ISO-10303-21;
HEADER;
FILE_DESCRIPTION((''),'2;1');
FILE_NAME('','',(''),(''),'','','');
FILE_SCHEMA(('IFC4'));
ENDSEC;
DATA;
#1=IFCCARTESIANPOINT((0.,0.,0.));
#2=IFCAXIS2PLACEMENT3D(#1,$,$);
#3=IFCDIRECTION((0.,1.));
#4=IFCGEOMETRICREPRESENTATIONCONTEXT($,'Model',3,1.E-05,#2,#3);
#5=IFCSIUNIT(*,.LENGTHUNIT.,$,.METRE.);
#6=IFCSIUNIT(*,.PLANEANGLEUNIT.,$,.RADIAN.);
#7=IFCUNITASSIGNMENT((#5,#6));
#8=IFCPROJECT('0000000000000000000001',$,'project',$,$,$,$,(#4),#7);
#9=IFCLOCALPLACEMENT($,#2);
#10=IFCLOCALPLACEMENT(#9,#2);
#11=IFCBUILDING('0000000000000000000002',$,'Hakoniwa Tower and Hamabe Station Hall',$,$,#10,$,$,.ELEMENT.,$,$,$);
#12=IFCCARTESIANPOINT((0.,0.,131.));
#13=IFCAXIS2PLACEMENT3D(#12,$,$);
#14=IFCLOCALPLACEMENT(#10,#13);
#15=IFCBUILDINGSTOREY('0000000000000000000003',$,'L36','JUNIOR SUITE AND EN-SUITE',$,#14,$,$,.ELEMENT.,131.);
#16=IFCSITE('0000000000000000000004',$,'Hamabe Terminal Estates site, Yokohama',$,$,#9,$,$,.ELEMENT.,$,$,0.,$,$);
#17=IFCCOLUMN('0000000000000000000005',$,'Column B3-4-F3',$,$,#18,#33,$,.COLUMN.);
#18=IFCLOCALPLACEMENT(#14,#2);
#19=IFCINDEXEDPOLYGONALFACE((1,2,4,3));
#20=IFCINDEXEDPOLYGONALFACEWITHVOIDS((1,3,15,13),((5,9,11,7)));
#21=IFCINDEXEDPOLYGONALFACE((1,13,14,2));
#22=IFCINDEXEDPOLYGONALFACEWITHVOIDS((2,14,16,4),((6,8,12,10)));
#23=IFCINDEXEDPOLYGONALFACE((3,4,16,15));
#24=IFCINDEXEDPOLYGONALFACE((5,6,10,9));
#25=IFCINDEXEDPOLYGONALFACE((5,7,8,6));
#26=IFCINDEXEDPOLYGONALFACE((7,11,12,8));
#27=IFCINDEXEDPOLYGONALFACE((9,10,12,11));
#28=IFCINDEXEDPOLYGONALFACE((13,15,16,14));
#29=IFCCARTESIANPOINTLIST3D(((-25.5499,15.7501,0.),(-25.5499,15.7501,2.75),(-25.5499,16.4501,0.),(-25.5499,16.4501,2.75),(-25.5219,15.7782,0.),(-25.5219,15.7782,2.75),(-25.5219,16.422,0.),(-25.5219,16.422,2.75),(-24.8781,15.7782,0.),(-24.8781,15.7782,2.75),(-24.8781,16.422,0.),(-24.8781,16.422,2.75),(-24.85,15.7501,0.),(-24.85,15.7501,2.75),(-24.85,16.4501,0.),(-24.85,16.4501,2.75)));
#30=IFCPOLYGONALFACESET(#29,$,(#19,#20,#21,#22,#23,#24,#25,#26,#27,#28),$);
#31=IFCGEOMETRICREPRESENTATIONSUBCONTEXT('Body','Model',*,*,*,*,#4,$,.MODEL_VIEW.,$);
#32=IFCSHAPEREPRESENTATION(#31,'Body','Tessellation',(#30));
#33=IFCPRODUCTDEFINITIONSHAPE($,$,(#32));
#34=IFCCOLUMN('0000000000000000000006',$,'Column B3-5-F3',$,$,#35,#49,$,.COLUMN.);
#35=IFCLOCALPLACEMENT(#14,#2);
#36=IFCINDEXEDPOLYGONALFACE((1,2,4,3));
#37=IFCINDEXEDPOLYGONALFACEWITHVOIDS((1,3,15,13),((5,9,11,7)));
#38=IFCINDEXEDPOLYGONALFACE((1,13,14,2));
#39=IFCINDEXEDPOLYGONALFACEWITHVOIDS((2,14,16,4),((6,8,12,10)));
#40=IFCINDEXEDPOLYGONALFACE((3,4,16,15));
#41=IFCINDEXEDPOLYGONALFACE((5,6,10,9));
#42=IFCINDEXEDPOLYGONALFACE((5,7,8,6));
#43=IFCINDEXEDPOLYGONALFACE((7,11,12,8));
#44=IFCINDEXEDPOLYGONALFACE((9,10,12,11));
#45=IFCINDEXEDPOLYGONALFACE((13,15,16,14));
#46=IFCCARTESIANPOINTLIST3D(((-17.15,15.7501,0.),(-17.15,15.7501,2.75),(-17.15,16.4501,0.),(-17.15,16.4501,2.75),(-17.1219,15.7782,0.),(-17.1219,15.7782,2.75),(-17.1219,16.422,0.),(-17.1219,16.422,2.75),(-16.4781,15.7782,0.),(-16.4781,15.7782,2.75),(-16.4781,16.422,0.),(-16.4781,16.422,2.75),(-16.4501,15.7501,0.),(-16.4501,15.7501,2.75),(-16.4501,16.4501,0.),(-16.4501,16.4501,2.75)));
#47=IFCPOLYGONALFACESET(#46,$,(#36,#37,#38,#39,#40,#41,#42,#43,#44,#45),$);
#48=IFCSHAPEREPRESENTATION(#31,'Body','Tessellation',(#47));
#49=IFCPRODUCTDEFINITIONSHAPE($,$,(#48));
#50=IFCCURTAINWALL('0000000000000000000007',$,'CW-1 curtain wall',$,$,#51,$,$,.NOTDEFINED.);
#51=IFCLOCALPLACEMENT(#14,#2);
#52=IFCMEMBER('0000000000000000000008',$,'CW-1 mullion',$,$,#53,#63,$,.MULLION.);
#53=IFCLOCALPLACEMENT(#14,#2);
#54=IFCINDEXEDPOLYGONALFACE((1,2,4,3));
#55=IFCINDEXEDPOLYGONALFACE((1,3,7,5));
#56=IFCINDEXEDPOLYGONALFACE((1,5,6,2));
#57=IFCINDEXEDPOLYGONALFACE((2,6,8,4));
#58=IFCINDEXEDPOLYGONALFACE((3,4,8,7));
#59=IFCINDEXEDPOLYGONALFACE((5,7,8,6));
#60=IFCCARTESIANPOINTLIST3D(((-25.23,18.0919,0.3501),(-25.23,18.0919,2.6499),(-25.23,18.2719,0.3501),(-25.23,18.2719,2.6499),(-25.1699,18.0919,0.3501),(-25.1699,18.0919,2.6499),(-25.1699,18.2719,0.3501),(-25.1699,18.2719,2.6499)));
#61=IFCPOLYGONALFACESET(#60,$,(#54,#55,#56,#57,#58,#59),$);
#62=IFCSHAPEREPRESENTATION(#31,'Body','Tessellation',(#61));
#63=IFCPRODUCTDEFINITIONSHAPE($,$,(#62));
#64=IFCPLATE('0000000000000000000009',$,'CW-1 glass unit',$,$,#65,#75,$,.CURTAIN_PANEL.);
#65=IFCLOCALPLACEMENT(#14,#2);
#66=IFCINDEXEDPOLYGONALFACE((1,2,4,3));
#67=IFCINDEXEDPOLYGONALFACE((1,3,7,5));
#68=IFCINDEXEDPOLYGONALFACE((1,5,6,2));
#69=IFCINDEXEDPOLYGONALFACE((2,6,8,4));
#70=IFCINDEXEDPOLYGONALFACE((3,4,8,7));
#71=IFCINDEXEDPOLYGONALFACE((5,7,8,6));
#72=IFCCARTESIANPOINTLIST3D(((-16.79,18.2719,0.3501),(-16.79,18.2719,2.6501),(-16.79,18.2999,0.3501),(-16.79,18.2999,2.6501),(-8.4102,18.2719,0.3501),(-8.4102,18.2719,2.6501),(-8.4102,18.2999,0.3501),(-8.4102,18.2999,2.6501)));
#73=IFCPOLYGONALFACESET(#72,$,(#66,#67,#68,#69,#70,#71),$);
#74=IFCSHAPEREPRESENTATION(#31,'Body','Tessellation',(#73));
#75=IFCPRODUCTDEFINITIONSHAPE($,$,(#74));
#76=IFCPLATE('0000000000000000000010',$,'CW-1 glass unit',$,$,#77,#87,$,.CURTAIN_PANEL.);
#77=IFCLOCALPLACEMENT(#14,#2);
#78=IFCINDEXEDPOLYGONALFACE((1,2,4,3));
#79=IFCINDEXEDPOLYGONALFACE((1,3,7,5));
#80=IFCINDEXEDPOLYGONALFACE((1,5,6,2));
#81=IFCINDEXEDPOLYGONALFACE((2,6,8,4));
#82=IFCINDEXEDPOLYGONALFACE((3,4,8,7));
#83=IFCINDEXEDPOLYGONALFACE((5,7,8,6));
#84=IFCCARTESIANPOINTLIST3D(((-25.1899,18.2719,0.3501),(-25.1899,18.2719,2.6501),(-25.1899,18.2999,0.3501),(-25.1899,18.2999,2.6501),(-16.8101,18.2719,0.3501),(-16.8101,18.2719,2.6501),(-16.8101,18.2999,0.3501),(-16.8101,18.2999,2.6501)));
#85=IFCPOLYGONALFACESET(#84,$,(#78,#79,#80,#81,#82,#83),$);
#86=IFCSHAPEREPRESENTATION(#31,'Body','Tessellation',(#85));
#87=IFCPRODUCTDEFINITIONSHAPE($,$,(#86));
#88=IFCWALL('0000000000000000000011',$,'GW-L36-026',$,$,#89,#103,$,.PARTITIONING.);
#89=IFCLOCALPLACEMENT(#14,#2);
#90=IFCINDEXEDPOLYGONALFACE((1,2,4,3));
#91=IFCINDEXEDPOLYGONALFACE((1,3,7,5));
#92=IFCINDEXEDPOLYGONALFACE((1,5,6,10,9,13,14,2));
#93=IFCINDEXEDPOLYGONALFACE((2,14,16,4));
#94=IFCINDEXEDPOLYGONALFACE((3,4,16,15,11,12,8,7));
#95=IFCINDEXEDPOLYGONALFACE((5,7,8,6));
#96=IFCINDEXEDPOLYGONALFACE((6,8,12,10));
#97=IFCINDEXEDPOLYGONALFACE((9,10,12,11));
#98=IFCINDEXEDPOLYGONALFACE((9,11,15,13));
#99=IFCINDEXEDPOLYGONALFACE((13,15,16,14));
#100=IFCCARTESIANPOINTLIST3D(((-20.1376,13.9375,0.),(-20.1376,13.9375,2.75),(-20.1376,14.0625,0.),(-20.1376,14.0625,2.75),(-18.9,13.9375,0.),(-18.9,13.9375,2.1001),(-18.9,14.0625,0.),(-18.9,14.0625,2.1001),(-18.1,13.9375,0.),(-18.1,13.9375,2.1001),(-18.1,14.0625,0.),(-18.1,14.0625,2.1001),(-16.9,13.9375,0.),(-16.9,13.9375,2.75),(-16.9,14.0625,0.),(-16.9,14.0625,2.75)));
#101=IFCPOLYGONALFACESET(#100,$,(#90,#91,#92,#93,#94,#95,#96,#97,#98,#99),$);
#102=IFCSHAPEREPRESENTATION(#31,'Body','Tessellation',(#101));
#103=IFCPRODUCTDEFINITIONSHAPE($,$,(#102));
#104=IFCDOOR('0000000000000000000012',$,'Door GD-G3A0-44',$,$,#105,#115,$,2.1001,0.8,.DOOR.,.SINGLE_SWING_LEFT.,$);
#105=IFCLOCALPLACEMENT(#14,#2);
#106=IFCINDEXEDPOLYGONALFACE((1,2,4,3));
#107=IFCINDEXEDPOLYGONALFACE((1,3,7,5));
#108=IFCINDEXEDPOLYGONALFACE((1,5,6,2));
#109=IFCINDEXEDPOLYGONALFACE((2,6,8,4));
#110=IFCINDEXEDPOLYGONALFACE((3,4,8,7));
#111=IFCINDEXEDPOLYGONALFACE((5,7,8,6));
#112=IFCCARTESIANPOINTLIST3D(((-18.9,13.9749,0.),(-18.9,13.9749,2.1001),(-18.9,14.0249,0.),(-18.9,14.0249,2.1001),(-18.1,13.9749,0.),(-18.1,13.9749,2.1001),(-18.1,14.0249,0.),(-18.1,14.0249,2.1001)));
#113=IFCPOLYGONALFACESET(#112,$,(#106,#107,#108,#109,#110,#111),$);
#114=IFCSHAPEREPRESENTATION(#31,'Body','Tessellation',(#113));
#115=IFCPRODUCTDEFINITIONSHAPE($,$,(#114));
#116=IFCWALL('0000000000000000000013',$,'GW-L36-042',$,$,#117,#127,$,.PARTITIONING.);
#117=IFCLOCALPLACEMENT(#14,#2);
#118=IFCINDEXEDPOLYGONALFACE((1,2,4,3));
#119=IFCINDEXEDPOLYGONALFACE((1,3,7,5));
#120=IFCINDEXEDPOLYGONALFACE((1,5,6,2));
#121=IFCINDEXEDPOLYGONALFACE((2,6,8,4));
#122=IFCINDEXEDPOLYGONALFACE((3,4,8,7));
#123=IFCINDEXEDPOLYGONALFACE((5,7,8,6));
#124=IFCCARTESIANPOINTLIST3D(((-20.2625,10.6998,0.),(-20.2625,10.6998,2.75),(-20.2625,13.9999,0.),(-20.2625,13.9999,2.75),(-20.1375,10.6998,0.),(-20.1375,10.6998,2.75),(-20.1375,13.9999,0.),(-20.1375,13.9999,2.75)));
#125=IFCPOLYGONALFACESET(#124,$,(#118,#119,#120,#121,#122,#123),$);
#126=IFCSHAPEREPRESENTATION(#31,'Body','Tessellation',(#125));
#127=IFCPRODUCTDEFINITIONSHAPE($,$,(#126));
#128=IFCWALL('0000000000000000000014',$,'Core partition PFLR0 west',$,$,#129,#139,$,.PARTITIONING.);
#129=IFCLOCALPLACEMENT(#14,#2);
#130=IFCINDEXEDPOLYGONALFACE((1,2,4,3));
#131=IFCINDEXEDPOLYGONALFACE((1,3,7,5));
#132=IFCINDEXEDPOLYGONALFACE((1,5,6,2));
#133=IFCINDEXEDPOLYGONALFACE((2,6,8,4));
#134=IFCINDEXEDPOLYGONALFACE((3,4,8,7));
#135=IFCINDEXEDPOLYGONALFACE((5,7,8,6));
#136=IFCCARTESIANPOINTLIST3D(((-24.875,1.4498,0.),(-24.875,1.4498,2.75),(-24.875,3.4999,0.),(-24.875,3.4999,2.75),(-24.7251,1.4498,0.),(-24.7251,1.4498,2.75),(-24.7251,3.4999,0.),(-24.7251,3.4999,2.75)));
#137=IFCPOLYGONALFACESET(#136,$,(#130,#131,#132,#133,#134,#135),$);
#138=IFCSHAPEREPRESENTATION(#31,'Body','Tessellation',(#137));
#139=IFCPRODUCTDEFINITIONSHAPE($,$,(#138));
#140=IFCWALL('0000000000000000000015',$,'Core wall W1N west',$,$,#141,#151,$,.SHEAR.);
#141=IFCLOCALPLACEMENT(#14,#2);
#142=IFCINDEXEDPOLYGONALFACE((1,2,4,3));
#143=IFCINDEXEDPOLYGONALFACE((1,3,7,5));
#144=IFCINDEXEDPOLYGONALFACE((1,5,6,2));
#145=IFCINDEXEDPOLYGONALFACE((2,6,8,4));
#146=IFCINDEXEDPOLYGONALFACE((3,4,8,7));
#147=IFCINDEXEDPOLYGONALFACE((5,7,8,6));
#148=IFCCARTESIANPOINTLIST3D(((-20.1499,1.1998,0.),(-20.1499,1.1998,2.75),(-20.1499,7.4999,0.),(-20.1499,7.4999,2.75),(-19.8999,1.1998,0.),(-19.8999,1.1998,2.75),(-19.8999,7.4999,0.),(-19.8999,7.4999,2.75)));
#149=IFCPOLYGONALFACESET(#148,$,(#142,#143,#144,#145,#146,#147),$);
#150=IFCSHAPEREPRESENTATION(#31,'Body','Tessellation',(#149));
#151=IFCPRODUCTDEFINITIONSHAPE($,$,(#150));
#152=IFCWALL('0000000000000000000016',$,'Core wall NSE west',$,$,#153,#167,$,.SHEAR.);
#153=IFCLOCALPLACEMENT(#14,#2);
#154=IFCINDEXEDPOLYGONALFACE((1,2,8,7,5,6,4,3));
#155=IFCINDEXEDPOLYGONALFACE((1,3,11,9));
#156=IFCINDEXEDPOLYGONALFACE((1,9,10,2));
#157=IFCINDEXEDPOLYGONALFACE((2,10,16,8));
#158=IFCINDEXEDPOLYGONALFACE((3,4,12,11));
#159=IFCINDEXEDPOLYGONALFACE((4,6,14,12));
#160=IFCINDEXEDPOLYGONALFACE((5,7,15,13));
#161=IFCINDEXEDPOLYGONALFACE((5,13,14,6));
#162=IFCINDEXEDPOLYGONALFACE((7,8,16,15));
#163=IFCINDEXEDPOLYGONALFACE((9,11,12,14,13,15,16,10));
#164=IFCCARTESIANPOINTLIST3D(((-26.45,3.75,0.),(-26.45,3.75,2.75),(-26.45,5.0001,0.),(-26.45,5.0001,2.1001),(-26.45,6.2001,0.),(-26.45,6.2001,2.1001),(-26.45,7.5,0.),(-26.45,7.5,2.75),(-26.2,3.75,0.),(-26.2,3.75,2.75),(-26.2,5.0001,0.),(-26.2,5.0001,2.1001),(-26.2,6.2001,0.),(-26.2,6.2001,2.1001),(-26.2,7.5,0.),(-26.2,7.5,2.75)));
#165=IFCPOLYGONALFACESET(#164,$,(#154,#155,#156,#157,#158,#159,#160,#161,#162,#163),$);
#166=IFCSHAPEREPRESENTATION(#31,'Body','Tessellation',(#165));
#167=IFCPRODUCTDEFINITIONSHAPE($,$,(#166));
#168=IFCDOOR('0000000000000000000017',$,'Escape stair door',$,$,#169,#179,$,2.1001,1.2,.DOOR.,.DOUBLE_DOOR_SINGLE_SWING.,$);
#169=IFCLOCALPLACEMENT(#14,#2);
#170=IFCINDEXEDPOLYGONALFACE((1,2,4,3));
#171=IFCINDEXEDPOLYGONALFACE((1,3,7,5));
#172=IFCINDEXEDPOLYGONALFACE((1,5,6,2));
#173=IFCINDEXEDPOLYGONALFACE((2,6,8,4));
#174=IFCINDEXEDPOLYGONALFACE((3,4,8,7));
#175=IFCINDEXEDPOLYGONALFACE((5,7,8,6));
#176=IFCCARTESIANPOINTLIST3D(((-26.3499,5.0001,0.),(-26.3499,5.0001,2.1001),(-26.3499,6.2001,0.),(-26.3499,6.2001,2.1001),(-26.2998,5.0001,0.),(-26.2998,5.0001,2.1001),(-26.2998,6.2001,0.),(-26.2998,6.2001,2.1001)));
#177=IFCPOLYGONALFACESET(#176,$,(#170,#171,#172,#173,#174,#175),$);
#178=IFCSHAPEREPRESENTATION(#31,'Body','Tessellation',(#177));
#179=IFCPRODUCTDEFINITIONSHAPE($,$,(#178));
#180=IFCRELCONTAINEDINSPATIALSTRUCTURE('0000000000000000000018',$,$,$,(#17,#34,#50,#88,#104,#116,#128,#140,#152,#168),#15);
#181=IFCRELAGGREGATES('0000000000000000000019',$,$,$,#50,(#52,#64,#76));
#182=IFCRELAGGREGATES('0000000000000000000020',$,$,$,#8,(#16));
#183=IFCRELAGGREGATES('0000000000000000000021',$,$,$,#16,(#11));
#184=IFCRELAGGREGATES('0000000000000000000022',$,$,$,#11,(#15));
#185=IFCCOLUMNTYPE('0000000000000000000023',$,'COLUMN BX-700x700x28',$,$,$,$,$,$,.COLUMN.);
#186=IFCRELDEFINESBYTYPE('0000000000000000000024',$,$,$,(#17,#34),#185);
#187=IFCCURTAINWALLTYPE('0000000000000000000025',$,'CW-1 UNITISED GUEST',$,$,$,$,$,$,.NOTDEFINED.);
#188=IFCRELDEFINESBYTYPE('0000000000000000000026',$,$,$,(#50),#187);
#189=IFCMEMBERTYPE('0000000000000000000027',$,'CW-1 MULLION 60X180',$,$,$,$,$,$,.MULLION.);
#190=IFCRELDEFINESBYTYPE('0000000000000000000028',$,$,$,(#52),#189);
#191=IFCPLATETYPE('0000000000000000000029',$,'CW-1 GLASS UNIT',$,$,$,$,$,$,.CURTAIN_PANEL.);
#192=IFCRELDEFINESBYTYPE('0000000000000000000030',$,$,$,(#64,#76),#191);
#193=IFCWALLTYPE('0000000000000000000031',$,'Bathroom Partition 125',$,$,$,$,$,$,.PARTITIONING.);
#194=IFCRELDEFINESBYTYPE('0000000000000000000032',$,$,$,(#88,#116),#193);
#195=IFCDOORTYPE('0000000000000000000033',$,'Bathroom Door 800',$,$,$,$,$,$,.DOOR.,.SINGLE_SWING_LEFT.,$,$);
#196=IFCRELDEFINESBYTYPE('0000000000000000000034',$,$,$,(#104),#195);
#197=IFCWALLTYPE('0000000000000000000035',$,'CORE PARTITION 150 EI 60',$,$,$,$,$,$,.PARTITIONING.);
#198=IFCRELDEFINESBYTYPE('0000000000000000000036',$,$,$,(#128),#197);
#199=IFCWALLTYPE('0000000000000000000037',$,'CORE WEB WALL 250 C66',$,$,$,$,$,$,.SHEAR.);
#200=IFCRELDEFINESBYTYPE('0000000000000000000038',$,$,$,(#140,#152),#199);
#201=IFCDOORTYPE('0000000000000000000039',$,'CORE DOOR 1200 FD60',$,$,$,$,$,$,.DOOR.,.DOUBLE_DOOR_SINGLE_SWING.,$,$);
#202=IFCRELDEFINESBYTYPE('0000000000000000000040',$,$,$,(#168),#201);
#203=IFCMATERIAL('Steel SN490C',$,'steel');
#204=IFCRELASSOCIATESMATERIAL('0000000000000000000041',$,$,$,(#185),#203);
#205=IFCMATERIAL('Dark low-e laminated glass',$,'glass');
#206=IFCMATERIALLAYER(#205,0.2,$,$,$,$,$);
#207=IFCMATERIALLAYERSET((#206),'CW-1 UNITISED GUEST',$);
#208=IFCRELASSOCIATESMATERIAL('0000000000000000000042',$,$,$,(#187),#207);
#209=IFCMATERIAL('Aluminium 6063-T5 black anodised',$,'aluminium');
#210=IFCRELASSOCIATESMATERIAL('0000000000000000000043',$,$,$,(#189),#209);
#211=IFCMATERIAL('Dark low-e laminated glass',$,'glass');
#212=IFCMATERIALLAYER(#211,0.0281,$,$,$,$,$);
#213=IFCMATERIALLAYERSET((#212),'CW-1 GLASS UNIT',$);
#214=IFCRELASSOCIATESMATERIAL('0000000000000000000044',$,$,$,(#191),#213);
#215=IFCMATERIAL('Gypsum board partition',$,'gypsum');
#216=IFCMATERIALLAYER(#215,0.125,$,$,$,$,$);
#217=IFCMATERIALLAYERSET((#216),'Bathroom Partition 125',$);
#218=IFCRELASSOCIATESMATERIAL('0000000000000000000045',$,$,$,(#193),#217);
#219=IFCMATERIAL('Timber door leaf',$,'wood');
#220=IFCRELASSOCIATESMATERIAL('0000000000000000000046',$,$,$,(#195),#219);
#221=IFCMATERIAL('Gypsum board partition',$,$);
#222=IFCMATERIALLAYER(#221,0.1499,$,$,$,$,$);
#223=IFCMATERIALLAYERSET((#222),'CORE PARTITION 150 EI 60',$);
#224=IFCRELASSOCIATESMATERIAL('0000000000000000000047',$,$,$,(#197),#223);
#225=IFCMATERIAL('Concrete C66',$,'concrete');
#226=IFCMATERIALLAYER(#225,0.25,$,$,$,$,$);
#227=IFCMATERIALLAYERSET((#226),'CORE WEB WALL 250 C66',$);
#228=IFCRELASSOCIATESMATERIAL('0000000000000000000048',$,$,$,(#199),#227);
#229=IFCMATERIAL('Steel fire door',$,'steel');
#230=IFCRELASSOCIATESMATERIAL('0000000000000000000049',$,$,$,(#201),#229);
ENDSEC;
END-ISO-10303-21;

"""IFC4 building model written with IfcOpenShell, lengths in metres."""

from ifc_helpers import new_model, si_unit, direction, frame, frame_2d, origin, origin_2d, place, context, subcontext, project, spatial, rectangle, hollow_rectangle, extrude, material, layer, layer_set, material_profile, profile_set, type_object, element, fill, aggregate, save


model = new_model("IFC4")

# Units and contexts
model_context = context("Model", 3, precision=1e-05, world=origin(), true_north=direction((0.0, 1.0)))
body_context = subcontext(model_context, "Body", "Model", "MODEL_VIEW")
ifc_project = project(units=[si_unit("LENGTHUNIT", "METRE"), si_unit("PLANEANGLEUNIT", "RADIAN")], contexts=[model_context])

# Site, building, storey
site_placement = place(None, origin())
site = spatial("IfcSite", under=ifc_project, at=site_placement, Name="Hamabe Terminal Estates site, Yokohama", CompositionType="ELEMENT", RefElevation=0.0)
building_placement = place(site_placement, origin())
building = spatial("IfcBuilding", under=site, at=building_placement, Name="Hakoniwa Tower and Hamabe Station Hall", CompositionType="ELEMENT")
storey_placement = place(building_placement, frame((0.0, 0.0, 131.0)))
storey = spatial("IfcBuildingStorey", under=building, at=storey_placement, Name="L36", Description="JUNIOR SUITE AND EN-SUITE", CompositionType="ELEMENT", Elevation=131.0)

# Columns
ifc_material_1 = material(Name="Steel SN490C", Category="steel")
ifc_material_profile_1 = material_profile(ifc_material_1, hollow_rectangle(XDim=0.7, YDim=0.7, WallThickness=0.0281, at=origin_2d()), Name="BX-700x700x28")
ifc_profile_set_1 = profile_set([ifc_material_profile_1], Name="Steel SN490C")
column_type = type_object("IfcColumnType", Name="COLUMN BX-700x700x28", PredefinedType="COLUMN", material=ifc_profile_set_1)
for number, where, z_axis, x_axis, name in (
    (1, (-25.2, 16.1001, 0.0), (0.0, 0.0, 1.0), (1.0, 0.0, 0.0), "Column B3-4-F3"),
    (2, (-16.8, 16.1001, 0.0), (0.0, 0.0, 1.0), (1.0, 0.0, 0.0), "Column B3-5-F3"),
):
    element("IfcColumn", number, at=place(storey_placement, frame(where, z_axis=z_axis, x_axis=x_axis)), inside=storey, type_object=column_type, Name=name, PredefinedType="COLUMN", context=body_context, shape_type="SweptSolid", body=[
        extrude(hollow_rectangle(XDim=0.7, YDim=0.7, WallThickness=0.0281, at=origin_2d()), origin(), (0.0, 0.0, 1.0), 2.75),
    ])

# Curtain wall, member, plates
ifc_material_2 = material(Name="Dark low-e laminated glass", Category="glass")
ifc_layer_1 = layer(ifc_material_2, 0.2)
ifc_layer_set_1 = layer_set([ifc_layer_1], Name="CW-1 UNITISED GUEST")
curtain_wall_type = type_object("IfcCurtainWallType", Name="CW-1 UNITISED GUEST", PredefinedType="NOTDEFINED", material=ifc_layer_set_1)
curtain_wall_placement = place(storey_placement, origin())
curtain_wall = element("IfcCurtainWall", 3, at=curtain_wall_placement, inside=storey, type_object=curtain_wall_type, Name="CW-1 curtain wall", PredefinedType="NOTDEFINED")
ifc_material_3 = material(Name="Aluminium 6063-T5 black anodised", Category="aluminium")
ifc_material_profile_2 = material_profile(ifc_material_3, rectangle(XDim=0.0601, YDim=0.1799, at=origin_2d()), Name="CW-1 MULLION 60X180")
ifc_profile_set_2 = profile_set([ifc_material_profile_2], Name="Aluminium 6063-T5 black anodised")
member_type = type_object("IfcMemberType", Name="CW-1 MULLION 60X180", PredefinedType="MULLION", material=ifc_profile_set_2)
member_placement = place(storey_placement, frame((-25.2, 18.1819, 0.3501), z_axis=(0.0, 0.0, 1.0), x_axis=(-1.0, 0.0, 0.0)))
member = element("IfcMember", 4, at=member_placement, type_object=member_type, Name="CW-1 mullion", PredefinedType="MULLION", context=body_context, shape_type="SweptSolid", body=[
    extrude(rectangle(XDim=0.0601, YDim=0.1799, at=origin_2d()), origin(), (0.0, 0.0, 1.0), 2.2998),
])
ifc_material_4 = material(Name="Dark low-e laminated glass", Category="glass")
ifc_layer_2 = layer(ifc_material_4, 0.0281)
ifc_layer_set_2 = layer_set([ifc_layer_2], Name="CW-1 GLASS UNIT")
plate_type = type_object("IfcPlateType", Name="CW-1 GLASS UNIT", PredefinedType="CURTAIN_PANEL", material=ifc_layer_set_2)
plate_1_placement = place(storey_placement, frame((-12.6001, 18.2859, 0.3501), z_axis=(0.0, 0.0, 1.0), x_axis=(-1.0, 0.0, 0.0)))
plate_1 = element("IfcPlate", 5, at=plate_1_placement, type_object=plate_type, Name="CW-1 glass unit", PredefinedType="CURTAIN_PANEL", context=body_context, shape_type="SweptSolid", body=[
    extrude(rectangle(XDim=8.3799, YDim=0.0281, at=origin_2d()), origin(), (0.0, 0.0, 1.0), 2.3),
])
plate_2_placement = place(storey_placement, frame((-21.0, 18.2859, 0.3501), z_axis=(0.0, 0.0, 1.0), x_axis=(-1.0, 0.0, 0.0)))
plate_2 = element("IfcPlate", 6, at=plate_2_placement, type_object=plate_type, Name="CW-1 glass unit", PredefinedType="CURTAIN_PANEL", context=body_context, shape_type="SweptSolid", body=[
    extrude(rectangle(XDim=8.3799, YDim=0.0281, at=origin_2d()), origin(), (0.0, 0.0, 1.0), 2.3),
])
aggregate(curtain_wall, [member, plate_1, plate_2])

# Wall, opening, door
ifc_material_5 = material(Name="Gypsum board partition", Category="gypsum")
ifc_layer_3 = layer(ifc_material_5, 0.125)
ifc_layer_set_3 = layer_set([ifc_layer_3], Name="Bathroom Partition 125")
wall_type_1 = type_object("IfcWallType", Name="Bathroom Partition 125", PredefinedType="PARTITIONING", material=ifc_layer_set_3)
wall_1_placement = place(storey_placement, frame((-20.1375, 14.0, 0.0), z_axis=(0.0, 0.0, 1.0), x_axis=(1.0, 0.0, 0.0)))
wall_1 = element("IfcWall", 7, at=wall_1_placement, inside=storey, type_object=wall_type_1, Name="GW-L36-026", PredefinedType="PARTITIONING", context=body_context, shape_type="SweptSolid", body=[
    extrude(rectangle(XDim=3.2375, YDim=0.125, at=frame_2d((1.6187, 0.0))), origin(), (0.0, 0.0, 1.0), 2.75),
])
opening_1_placement = place(wall_1_placement, frame((1.2375, 0.0, 0.0)))
opening_1 = element("IfcOpeningElement", 8, at=opening_1_placement, cuts=wall_1, PredefinedType="OPENING", context=body_context, shape_type="SweptSolid", body=[
    extrude(rectangle(XDim=0.8, YDim=2.1001, at=frame_2d((0.3999, 1.05))), frame((0.0, 0.0725, 0.0), z_axis=(0.0, -1.0, 0.0), x_axis=(1.0, 0.0, 0.0)), (0.0, 0.0, 1.0), 0.145),
])
ifc_material_6 = material(Name="Timber door leaf", Category="wood")
door_type_1 = type_object("IfcDoorType", Name="Bathroom Door 800", OperationType="SINGLE_SWING_LEFT", PredefinedType="DOOR", material=ifc_material_6)
door_1_placement = place(opening_1_placement, origin())
door_1 = element("IfcDoor", 9, at=door_1_placement, inside=storey, type_object=door_type_1, Name="Door GD-G3A0-44", OperationType="SINGLE_SWING_LEFT", OverallHeight=2.1001, OverallWidth=0.8, PredefinedType="DOOR", context=body_context, shape_type="SweptSolid", body=[
    extrude(rectangle(XDim=0.8, YDim=2.1001, at=frame_2d((0.3999, 1.05))), frame((0.0, 0.0249, 0.0), z_axis=(0.0, -1.0, 0.0), x_axis=(1.0, 0.0, 0.0)), (0.0, 0.0, 1.0), 0.05),
])
fill(opening_1, door_1)

# Walls
wall_2_placement = place(storey_placement, frame((-20.2, 10.7, 0.0), z_axis=(0.0, 0.0, 1.0), x_axis=(0.0, 1.0, 0.0)))
element("IfcWall", 10, at=wall_2_placement, inside=storey, type_object=wall_type_1, Name="GW-L36-042", PredefinedType="PARTITIONING", context=body_context, shape_type="SweptSolid", body=[
    extrude(rectangle(XDim=3.3, YDim=0.125, at=frame_2d((1.6499, 0.0))), origin(), (0.0, 0.0, 1.0), 2.75),
])
ifc_material_7 = material(Name="Gypsum board partition")
ifc_layer_4 = layer(ifc_material_7, 0.1499)
ifc_layer_set_4 = layer_set([ifc_layer_4], Name="CORE PARTITION 150 EI 60")
wall_type_2 = type_object("IfcWallType", Name="CORE PARTITION 150 EI 60", PredefinedType="PARTITIONING", material=ifc_layer_set_4)
wall_3_placement = place(storey_placement, frame((-24.8, 1.45, 0.0), z_axis=(0.0, 0.0, 1.0), x_axis=(0.0, 1.0, 0.0)))
element("IfcWall", 11, at=wall_3_placement, inside=storey, type_object=wall_type_2, Name="Core partition PFLR0 west", PredefinedType="PARTITIONING", context=body_context, shape_type="SweptSolid", body=[
    extrude(rectangle(XDim=2.05, YDim=0.1499, at=frame_2d((1.0249, 0.0))), origin(), (0.0, 0.0, 1.0), 2.75),
])
ifc_material_8 = material(Name="Concrete C66", Category="concrete")
ifc_layer_5 = layer(ifc_material_8, 0.25)
ifc_layer_set_5 = layer_set([ifc_layer_5], Name="CORE WEB WALL 250 C66")
wall_type_3 = type_object("IfcWallType", Name="CORE WEB WALL 250 C66", PredefinedType="SHEAR", material=ifc_layer_set_5)
wall_4_placement = place(storey_placement, frame((-20.0249, 1.2, 0.0), z_axis=(0.0, 0.0, 1.0), x_axis=(0.0, 1.0, 0.0)))
element("IfcWall", 12, at=wall_4_placement, inside=storey, type_object=wall_type_3, Name="Core wall W1N west", PredefinedType="SHEAR", context=body_context, shape_type="SweptSolid", body=[
    extrude(rectangle(XDim=6.3, YDim=0.25, at=frame_2d((3.1499, 0.0))), origin(), (0.0, 0.0, 1.0), 2.75),
])

# Wall, opening, door
wall_5_placement = place(storey_placement, frame((-26.325, 3.75, 0.0), z_axis=(0.0, 0.0, 1.0), x_axis=(0.0, 1.0, 0.0)))
wall_5 = element("IfcWall", 13, at=wall_5_placement, inside=storey, type_object=wall_type_3, Name="Core wall NSE west", PredefinedType="SHEAR", context=body_context, shape_type="SweptSolid", body=[
    extrude(rectangle(XDim=3.75, YDim=0.25, at=frame_2d((1.875, 0.0))), origin(), (0.0, 0.0, 1.0), 2.75),
])
opening_2_placement = place(wall_5_placement, frame((1.25, 0.0, 0.0)))
opening_2 = element("IfcOpeningElement", 14, at=opening_2_placement, cuts=wall_5, PredefinedType="OPENING", context=body_context, shape_type="SweptSolid", body=[
    extrude(rectangle(XDim=1.2, YDim=2.1001, at=frame_2d((0.6001, 1.05))), frame((0.0, 0.135, 0.0), z_axis=(0.0, -1.0, 0.0), x_axis=(1.0, 0.0, 0.0)), (0.0, 0.0, 1.0), 0.27),
])
ifc_material_9 = material(Name="Steel fire door", Category="steel")
door_type_2 = type_object("IfcDoorType", Name="CORE DOOR 1200 FD60", OperationType="DOUBLE_DOOR_SINGLE_SWING", PredefinedType="DOOR", material=ifc_material_9)
door_2_placement = place(opening_2_placement, origin())
door_2 = element("IfcDoor", 15, at=door_2_placement, inside=storey, type_object=door_type_2, Name="Escape stair door", OperationType="DOUBLE_DOOR_SINGLE_SWING", OverallHeight=2.1001, OverallWidth=1.2, PredefinedType="DOOR", context=body_context, shape_type="SweptSolid", body=[
    extrude(rectangle(XDim=1.2, YDim=2.1001, at=frame_2d((0.6001, 1.05))), frame((0.0, 0.0249, 0.0), z_axis=(0.0, -1.0, 0.0), x_axis=(1.0, 0.0, 0.0)), (0.0, 0.0, 1.0), 0.05),
])
fill(opening_2, door_2)

save(model, "model.ifc")
